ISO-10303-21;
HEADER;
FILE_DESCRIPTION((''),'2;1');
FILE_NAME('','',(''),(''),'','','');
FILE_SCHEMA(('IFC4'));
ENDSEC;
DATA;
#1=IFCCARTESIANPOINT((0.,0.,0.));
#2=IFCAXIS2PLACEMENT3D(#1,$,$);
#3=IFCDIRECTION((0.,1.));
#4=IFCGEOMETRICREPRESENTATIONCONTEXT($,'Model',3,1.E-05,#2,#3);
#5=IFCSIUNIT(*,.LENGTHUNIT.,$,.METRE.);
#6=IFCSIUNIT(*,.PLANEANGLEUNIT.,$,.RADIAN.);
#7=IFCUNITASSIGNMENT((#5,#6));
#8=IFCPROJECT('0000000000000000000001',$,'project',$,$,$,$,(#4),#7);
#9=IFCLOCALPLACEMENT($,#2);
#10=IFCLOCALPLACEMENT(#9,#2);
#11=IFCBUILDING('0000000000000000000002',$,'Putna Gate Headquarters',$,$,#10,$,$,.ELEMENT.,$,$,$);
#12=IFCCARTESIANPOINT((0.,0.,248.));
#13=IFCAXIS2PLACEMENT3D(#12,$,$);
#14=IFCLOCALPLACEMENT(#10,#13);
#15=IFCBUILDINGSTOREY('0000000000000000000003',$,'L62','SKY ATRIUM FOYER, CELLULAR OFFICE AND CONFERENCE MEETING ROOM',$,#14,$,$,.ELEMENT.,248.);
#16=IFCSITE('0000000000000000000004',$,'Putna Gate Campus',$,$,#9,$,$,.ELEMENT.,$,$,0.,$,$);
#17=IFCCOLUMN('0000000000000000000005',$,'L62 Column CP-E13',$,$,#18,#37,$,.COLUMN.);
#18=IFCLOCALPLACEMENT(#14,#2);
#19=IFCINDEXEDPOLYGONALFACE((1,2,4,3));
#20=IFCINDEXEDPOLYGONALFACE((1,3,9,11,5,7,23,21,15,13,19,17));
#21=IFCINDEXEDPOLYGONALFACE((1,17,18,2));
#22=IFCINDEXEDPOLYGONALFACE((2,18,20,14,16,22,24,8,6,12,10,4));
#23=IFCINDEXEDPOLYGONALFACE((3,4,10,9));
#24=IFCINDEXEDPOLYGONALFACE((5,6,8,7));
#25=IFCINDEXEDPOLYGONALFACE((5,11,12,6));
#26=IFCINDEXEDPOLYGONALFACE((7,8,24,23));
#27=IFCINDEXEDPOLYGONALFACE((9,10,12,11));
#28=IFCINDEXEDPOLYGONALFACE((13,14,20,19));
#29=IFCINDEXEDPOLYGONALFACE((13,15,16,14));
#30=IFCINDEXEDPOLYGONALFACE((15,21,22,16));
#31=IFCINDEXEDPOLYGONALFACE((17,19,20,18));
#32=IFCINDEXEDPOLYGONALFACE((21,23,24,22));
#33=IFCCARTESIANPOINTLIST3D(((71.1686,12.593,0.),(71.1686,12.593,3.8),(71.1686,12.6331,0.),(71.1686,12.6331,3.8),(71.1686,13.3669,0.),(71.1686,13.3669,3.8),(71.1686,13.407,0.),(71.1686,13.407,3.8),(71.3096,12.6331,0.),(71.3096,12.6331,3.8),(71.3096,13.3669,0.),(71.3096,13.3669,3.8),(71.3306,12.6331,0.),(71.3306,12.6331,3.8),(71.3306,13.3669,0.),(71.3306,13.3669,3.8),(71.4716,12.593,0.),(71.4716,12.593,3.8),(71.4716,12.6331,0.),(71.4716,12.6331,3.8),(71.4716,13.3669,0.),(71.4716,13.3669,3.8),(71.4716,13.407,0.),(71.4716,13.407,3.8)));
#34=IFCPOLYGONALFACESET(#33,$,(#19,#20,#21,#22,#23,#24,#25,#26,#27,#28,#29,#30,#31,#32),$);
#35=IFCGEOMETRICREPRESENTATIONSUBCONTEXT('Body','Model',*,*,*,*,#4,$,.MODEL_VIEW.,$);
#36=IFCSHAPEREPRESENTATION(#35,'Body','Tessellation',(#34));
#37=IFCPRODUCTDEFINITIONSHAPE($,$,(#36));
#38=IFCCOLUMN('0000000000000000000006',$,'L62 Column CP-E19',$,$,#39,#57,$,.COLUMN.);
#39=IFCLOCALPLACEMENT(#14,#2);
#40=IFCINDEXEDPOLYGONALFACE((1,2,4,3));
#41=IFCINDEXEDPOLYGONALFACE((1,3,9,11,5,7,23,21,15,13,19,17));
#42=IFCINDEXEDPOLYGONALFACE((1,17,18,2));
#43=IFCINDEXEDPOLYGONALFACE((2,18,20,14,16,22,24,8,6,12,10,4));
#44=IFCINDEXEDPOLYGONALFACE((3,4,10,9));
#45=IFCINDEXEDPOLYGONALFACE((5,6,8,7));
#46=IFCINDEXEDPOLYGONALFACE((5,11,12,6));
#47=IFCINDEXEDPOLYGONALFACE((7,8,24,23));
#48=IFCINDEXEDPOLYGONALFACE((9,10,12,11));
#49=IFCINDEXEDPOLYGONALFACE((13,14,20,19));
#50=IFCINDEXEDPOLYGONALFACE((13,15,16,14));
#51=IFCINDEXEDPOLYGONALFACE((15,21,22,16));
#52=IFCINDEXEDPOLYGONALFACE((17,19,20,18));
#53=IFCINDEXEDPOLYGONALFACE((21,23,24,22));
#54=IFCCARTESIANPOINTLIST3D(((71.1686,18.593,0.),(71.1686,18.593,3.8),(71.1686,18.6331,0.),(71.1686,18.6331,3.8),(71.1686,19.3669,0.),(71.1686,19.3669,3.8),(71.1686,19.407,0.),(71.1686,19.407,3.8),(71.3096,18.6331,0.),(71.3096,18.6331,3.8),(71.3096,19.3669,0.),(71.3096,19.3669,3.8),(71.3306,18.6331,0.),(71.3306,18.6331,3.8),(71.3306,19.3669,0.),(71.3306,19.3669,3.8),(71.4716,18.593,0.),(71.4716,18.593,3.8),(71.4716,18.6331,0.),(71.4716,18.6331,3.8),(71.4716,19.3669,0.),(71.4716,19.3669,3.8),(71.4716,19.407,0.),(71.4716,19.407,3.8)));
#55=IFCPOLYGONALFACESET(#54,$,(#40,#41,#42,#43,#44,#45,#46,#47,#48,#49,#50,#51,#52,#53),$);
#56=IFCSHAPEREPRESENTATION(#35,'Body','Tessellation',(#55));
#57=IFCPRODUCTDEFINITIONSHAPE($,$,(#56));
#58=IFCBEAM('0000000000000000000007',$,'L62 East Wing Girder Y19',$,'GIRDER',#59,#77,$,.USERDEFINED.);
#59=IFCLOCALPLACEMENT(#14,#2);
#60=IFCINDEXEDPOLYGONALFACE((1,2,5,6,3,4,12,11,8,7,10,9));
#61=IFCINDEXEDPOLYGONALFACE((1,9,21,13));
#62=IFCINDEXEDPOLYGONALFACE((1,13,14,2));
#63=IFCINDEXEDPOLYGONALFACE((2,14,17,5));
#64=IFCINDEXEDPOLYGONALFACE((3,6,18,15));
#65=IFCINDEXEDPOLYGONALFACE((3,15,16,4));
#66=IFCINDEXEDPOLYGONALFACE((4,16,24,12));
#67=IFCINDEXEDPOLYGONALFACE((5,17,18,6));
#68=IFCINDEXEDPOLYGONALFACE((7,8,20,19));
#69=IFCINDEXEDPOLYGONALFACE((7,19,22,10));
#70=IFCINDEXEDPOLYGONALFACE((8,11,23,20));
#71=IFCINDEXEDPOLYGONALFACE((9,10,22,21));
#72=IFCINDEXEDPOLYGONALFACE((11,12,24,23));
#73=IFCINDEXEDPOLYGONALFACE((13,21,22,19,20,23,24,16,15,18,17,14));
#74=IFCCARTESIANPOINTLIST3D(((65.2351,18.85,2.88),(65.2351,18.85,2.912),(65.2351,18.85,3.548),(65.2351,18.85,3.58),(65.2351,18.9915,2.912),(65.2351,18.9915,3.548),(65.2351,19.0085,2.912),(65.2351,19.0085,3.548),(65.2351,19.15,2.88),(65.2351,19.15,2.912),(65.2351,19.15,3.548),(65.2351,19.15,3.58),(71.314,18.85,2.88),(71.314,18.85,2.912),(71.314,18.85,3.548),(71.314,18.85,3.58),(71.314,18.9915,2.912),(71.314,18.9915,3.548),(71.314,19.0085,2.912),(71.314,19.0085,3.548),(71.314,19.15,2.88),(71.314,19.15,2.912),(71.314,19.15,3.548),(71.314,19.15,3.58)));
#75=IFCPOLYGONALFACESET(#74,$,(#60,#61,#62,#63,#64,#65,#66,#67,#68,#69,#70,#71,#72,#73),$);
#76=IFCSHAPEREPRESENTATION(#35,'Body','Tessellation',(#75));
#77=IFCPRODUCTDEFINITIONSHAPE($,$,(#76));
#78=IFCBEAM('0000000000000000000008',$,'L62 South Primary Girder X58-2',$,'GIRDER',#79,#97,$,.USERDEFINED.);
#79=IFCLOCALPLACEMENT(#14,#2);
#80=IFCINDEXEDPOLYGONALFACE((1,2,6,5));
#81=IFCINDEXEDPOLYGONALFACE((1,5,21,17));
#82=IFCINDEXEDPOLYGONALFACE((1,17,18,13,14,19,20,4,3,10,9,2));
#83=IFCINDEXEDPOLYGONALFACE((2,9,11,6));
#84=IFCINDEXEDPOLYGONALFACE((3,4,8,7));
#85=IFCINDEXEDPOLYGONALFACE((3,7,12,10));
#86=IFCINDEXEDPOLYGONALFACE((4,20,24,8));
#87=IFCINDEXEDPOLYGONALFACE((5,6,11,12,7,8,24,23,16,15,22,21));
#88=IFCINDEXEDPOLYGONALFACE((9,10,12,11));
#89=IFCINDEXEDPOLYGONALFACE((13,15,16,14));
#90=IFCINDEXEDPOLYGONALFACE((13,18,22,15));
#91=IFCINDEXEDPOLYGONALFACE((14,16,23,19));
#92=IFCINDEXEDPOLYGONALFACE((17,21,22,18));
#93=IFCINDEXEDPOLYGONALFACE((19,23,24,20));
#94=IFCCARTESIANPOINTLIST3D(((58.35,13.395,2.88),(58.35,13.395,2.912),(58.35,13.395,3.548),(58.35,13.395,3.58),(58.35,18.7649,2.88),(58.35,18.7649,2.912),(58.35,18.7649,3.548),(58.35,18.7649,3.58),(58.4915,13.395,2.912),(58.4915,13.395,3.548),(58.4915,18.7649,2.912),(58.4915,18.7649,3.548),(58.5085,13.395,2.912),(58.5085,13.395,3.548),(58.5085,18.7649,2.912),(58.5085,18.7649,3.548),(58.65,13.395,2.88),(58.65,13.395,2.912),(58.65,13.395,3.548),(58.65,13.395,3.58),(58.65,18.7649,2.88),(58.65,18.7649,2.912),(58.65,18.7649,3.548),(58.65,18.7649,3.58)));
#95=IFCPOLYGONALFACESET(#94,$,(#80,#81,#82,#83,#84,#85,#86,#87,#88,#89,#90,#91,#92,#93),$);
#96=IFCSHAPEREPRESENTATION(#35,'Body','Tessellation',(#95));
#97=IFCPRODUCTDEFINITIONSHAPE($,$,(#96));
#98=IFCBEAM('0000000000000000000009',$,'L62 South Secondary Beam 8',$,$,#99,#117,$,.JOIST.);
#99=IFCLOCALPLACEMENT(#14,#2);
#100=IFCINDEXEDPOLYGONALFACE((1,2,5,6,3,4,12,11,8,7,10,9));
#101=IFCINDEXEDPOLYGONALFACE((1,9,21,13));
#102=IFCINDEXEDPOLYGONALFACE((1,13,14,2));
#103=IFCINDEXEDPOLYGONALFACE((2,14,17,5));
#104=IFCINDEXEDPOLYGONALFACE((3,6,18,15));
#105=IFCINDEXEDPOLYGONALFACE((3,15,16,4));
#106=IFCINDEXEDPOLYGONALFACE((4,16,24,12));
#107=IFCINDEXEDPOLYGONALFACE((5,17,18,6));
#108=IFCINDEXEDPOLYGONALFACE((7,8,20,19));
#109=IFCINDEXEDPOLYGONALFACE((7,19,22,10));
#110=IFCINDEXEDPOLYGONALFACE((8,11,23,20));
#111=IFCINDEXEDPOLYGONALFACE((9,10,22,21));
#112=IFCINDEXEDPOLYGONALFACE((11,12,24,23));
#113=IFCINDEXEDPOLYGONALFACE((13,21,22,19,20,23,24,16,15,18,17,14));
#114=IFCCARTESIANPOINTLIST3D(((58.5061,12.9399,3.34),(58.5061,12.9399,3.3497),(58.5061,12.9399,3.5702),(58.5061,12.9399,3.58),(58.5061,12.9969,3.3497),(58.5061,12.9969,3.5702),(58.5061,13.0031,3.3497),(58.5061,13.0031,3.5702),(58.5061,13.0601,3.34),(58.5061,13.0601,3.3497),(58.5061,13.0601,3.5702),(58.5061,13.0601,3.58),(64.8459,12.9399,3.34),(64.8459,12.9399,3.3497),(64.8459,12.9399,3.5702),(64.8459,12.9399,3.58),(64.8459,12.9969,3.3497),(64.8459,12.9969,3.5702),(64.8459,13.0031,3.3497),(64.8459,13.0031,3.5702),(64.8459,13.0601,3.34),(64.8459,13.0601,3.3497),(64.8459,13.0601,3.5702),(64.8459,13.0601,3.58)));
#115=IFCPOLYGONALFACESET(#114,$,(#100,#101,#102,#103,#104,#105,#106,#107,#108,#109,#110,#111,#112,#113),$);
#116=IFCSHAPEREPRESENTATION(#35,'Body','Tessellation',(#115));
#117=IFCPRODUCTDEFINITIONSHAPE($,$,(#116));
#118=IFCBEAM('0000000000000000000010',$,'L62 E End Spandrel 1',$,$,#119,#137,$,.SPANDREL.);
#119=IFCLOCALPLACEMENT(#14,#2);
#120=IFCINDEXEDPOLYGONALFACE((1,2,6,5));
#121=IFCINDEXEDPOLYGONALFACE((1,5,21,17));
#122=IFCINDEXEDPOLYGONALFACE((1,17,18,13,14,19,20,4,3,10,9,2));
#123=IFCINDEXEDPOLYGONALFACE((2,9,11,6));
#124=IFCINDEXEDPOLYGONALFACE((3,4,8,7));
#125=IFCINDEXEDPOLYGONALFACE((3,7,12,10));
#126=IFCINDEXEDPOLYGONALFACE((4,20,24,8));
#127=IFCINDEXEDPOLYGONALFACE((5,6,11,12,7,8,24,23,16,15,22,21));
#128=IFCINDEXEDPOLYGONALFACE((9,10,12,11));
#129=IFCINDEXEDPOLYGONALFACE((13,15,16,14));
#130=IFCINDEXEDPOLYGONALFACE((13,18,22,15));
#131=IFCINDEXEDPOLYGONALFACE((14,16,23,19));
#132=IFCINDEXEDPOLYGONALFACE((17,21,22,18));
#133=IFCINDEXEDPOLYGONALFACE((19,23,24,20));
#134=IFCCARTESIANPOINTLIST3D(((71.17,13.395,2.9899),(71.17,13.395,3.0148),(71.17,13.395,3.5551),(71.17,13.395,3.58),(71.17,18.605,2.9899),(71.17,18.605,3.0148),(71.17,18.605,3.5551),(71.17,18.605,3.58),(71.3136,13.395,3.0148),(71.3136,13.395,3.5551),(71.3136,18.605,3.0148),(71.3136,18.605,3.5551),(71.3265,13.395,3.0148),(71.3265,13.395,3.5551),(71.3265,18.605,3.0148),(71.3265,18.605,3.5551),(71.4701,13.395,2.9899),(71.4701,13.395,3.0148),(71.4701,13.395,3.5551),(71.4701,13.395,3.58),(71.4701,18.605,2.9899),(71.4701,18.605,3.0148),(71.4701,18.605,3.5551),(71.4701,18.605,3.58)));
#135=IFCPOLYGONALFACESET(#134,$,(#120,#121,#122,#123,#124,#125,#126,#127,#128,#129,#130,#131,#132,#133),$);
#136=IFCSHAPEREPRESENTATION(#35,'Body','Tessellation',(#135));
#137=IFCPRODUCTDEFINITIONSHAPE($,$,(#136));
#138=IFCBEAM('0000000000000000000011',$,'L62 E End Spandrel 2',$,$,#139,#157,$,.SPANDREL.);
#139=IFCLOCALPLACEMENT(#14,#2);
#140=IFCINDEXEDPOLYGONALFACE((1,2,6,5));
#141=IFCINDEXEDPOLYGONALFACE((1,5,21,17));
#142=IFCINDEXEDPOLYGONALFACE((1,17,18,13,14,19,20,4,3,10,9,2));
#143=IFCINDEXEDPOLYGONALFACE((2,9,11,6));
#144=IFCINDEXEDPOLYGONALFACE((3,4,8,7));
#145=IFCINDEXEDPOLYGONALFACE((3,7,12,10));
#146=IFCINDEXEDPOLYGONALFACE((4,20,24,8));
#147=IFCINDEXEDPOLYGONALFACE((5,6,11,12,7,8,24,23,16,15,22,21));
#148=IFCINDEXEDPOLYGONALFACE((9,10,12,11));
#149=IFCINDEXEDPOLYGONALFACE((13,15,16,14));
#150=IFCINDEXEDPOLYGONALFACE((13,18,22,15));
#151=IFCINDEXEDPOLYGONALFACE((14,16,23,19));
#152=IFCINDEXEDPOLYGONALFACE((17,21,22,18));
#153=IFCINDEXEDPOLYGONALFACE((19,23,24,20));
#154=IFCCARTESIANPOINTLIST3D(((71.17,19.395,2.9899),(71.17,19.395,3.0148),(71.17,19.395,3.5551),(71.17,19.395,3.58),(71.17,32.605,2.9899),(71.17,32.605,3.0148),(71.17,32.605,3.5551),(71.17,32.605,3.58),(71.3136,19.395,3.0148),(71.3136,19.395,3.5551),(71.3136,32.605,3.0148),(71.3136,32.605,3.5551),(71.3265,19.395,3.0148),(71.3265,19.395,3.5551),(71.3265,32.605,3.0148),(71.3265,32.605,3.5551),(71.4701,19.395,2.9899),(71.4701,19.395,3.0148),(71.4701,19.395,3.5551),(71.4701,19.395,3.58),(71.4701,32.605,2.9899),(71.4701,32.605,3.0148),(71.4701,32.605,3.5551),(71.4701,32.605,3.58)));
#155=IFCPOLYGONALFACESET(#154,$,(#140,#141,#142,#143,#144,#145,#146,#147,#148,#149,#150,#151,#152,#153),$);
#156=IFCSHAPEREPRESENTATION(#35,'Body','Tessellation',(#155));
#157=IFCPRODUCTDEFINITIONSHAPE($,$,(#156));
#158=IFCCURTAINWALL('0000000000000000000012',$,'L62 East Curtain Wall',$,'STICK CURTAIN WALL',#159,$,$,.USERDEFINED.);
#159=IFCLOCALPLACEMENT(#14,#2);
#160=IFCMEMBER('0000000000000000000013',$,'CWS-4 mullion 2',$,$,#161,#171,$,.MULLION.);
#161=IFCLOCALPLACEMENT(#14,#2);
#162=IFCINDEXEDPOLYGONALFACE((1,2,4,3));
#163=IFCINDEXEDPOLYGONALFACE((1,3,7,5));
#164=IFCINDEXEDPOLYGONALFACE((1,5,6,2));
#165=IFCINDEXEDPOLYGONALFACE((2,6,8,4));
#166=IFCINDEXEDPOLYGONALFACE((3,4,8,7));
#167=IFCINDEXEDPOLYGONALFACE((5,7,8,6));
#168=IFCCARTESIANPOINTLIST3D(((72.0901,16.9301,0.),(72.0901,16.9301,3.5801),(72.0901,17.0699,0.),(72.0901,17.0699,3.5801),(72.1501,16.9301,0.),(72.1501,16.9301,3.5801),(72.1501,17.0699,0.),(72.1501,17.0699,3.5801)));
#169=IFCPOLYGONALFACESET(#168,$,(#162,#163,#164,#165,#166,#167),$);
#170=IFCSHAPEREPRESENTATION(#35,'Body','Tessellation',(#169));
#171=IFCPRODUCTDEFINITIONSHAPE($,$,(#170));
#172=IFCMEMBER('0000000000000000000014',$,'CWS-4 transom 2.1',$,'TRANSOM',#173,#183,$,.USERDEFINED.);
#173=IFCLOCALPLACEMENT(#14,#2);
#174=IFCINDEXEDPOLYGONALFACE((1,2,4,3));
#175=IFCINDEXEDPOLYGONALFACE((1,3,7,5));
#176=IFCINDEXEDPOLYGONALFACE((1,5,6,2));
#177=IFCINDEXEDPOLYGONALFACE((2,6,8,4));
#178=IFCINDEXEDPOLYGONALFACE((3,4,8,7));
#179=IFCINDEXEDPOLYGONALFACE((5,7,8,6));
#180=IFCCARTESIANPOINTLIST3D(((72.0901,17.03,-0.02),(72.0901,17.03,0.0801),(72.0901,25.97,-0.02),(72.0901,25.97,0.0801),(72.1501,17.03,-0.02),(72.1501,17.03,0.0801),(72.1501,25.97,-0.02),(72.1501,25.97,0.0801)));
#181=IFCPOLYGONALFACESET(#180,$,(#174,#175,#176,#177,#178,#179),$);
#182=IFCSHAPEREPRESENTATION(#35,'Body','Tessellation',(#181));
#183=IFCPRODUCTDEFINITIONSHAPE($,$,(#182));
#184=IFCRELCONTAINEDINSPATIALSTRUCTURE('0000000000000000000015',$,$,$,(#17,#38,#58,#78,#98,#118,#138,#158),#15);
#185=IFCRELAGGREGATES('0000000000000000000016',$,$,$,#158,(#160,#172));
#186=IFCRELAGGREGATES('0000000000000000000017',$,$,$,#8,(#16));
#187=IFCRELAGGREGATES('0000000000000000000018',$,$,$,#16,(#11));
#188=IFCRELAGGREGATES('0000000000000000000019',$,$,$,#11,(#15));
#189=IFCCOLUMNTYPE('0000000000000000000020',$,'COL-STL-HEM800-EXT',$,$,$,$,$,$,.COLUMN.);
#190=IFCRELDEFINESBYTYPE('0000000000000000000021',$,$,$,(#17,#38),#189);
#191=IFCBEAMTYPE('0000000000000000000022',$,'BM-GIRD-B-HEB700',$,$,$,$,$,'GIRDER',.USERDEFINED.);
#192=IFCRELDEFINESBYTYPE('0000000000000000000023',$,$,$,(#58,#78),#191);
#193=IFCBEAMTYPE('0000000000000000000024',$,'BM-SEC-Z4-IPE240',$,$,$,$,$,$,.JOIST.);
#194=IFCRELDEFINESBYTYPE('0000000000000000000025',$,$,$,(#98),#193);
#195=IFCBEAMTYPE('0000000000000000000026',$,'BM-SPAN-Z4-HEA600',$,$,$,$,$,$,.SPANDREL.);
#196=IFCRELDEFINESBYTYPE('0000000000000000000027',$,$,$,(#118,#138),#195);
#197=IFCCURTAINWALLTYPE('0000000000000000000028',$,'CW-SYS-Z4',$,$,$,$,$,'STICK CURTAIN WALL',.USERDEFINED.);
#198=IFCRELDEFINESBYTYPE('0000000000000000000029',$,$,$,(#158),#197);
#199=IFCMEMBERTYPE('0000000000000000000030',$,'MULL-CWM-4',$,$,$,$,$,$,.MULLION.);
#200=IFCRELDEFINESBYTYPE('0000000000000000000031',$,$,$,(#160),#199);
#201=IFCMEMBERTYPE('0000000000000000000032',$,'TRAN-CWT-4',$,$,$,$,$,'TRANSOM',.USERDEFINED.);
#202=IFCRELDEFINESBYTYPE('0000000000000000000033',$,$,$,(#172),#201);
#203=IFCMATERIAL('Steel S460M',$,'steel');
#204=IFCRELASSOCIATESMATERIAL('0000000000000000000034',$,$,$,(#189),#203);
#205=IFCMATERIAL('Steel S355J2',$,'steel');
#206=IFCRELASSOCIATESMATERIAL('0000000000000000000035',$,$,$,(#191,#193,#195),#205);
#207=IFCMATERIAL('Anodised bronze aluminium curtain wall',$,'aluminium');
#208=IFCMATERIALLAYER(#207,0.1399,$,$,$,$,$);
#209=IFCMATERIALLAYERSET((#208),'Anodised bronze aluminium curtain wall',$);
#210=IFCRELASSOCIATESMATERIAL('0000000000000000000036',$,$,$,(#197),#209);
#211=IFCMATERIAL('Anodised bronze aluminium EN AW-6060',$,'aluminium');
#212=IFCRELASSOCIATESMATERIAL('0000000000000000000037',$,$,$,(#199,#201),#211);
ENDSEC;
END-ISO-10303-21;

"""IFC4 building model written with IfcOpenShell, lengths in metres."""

from ifc_helpers import new_model, si_unit, direction, frame, origin, origin_2d, place, context, subcontext, project, spatial, rectangle, i_section, extrude, material, layer, layer_set, material_profile, profile_set, type_object, element, aggregate, save


model = new_model("IFC4")

# Units and contexts
model_context = context("Model", 3, precision=1e-05, world=origin(), true_north=direction((0.0, 1.0)))
body_context = subcontext(model_context, "Body", "Model", "MODEL_VIEW")
ifc_project = project(units=[si_unit("LENGTHUNIT", "METRE"), si_unit("PLANEANGLEUNIT", "RADIAN")], contexts=[model_context])

# Site, building, storey
site_placement = place(None, origin())
site = spatial("IfcSite", under=ifc_project, at=site_placement, Name="Putna Gate Campus", CompositionType="ELEMENT", RefElevation=0.0)
building_placement = place(site_placement, origin())
building = spatial("IfcBuilding", under=site, at=building_placement, Name="Putna Gate Headquarters", CompositionType="ELEMENT")
storey_placement = place(building_placement, frame((0.0, 0.0, 248.0)))
storey = spatial("IfcBuildingStorey", under=building, at=storey_placement, Name="L62", Description="SKY ATRIUM FOYER, CELLULAR OFFICE AND CONFERENCE MEETING ROOM", CompositionType="ELEMENT", Elevation=248.0)

# Columns
ifc_material_1 = material(Name="Steel S460M", Category="steel")
ifc_material_profile_1 = material_profile(ifc_material_1, i_section(OverallWidth=0.303, OverallDepth=0.814, WebThickness=0.021, FlangeThickness=0.04, at=origin_2d()), Name="Steel S460M")
ifc_profile_set_1 = profile_set([ifc_material_profile_1], Name="Steel S460M")
column_type = type_object("IfcColumnType", Name="COL-STL-HEM800-EXT", PredefinedType="COLUMN", material=ifc_profile_set_1)
for number, where, z_axis, x_axis, name in (
    (1, (71.3201, 13.0, 0.0), (0.0, 0.0, 1.0), (1.0, 0.0, 0.0), "L62 Column CP-E13"),
    (2, (71.3201, 19.0, 0.0), (0.0, 0.0, 1.0), (1.0, 0.0, 0.0), "L62 Column CP-E19"),
):
    element("IfcColumn", number, at=place(storey_placement, frame(where, z_axis=z_axis, x_axis=x_axis)), inside=storey, type_object=column_type, Name=name, PredefinedType="COLUMN", context=body_context, shape_type="SweptSolid", body=[
        extrude(i_section(OverallWidth=0.303, OverallDepth=0.814, WebThickness=0.021, FlangeThickness=0.04, at=origin_2d()), origin(), (0.0, 0.0, 1.0), 3.8),
    ])

# Beams
ifc_material_2 = material(Name="Steel S355J2", Category="steel")
ifc_material_profile_2 = material_profile(ifc_material_2, i_section(OverallWidth=0.3, OverallDepth=0.7, WebThickness=0.0171, FlangeThickness=0.032, at=origin_2d()), Name="Steel S355J2")
ifc_profile_set_2 = profile_set([ifc_material_profile_2], Name="Steel S355J2")
beam_type_1 = type_object("IfcBeamType", Name="BM-GIRD-B-HEB700", ElementType="GIRDER", PredefinedType="USERDEFINED", material=ifc_profile_set_2)
beam_1_placement = place(storey_placement, frame((65.2351, 19.0, 3.23), z_axis=(1.0, 0.0, 0.0), x_axis=(0.0, 1.0, 0.0)))
element("IfcBeam", 3, at=beam_1_placement, inside=storey, type_object=beam_type_1, Name="L62 East Wing Girder Y19", ObjectType="GIRDER", PredefinedType="USERDEFINED", context=body_context, shape_type="SweptSolid", body=[
    extrude(i_section(OverallWidth=0.3, OverallDepth=0.7, WebThickness=0.0171, FlangeThickness=0.032, at=origin_2d()), origin(), (0.0, 0.0, 1.0), 6.0789),
])
beam_2_placement = place(storey_placement, frame((58.5, 13.395, 3.23), z_axis=(0.0, 1.0, 0.0), x_axis=(-1.0, 0.0, 0.0)))
element("IfcBeam", 4, at=beam_2_placement, inside=storey, type_object=beam_type_1, Name="L62 South Primary Girder X58-2", ObjectType="GIRDER", PredefinedType="USERDEFINED", context=body_context, shape_type="SweptSolid", body=[
    extrude(i_section(OverallWidth=0.3, OverallDepth=0.7, WebThickness=0.0171, FlangeThickness=0.032, at=origin_2d()), origin(), (0.0, 0.0, 1.0), 5.3699),
])
ifc_material_profile_3 = material_profile(ifc_material_2, i_section(OverallWidth=0.1201, OverallDepth=0.24, WebThickness=0.0061, FlangeThickness=0.0098, at=origin_2d()), Name="Steel S355J2")
ifc_profile_set_3 = profile_set([ifc_material_profile_3], Name="Steel S355J2")
beam_type_2 = type_object("IfcBeamType", Name="BM-SEC-Z4-IPE240", PredefinedType="JOIST", material=ifc_profile_set_3)
beam_3_placement = place(storey_placement, frame((58.5061, 13.0, 3.46), z_axis=(1.0, 0.0, 0.0), x_axis=(0.0, 1.0, 0.0)))
element("IfcBeam", 5, at=beam_3_placement, inside=storey, type_object=beam_type_2, Name="L62 South Secondary Beam 8", PredefinedType="JOIST", context=body_context, shape_type="SweptSolid", body=[
    extrude(i_section(OverallWidth=0.1201, OverallDepth=0.24, WebThickness=0.0061, FlangeThickness=0.0098, at=origin_2d()), origin(), (0.0, 0.0, 1.0), 6.3398),
])
ifc_material_profile_4 = material_profile(ifc_material_2, i_section(OverallWidth=0.3, OverallDepth=0.5901, WebThickness=0.0129, FlangeThickness=0.0249, at=origin_2d()), Name="Steel S355J2")
ifc_profile_set_4 = profile_set([ifc_material_profile_4], Name="Steel S355J2")
beam_type_3 = type_object("IfcBeamType", Name="BM-SPAN-Z4-HEA600", PredefinedType="SPANDREL", material=ifc_profile_set_4)
beam_4_placement = place(storey_placement, frame((71.3201, 13.395, 3.2849), z_axis=(0.0, 1.0, 0.0), x_axis=(-1.0, 0.0, 0.0)))
element("IfcBeam", 6, at=beam_4_placement, inside=storey, type_object=beam_type_3, Name="L62 E End Spandrel 1", PredefinedType="SPANDREL", context=body_context, shape_type="SweptSolid", body=[
    extrude(i_section(OverallWidth=0.3, OverallDepth=0.5901, WebThickness=0.0129, FlangeThickness=0.0249, at=origin_2d()), origin(), (0.0, 0.0, 1.0), 5.21),
])
beam_5_placement = place(storey_placement, frame((71.3201, 19.395, 3.2849), z_axis=(0.0, 1.0, 0.0), x_axis=(-1.0, 0.0, 0.0)))
element("IfcBeam", 7, at=beam_5_placement, inside=storey, type_object=beam_type_3, Name="L62 E End Spandrel 2", PredefinedType="SPANDREL", context=body_context, shape_type="SweptSolid", body=[
    extrude(i_section(OverallWidth=0.3, OverallDepth=0.5901, WebThickness=0.0129, FlangeThickness=0.0249, at=origin_2d()), origin(), (0.0, 0.0, 1.0), 13.21),
])

# Curtain wall, members
ifc_material_3 = material(Name="Anodised bronze aluminium curtain wall", Category="aluminium")
ifc_layer_1 = layer(ifc_material_3, 0.1399)
ifc_layer_set_1 = layer_set([ifc_layer_1], Name="Anodised bronze aluminium curtain wall")
curtain_wall_type = type_object("IfcCurtainWallType", Name="CW-SYS-Z4", ElementType="STICK CURTAIN WALL", PredefinedType="USERDEFINED", material=ifc_layer_set_1)
curtain_wall_placement = place(storey_placement, origin())
curtain_wall = element("IfcCurtainWall", 8, at=curtain_wall_placement, inside=storey, type_object=curtain_wall_type, Name="L62 East Curtain Wall", ObjectType="STICK CURTAIN WALL", PredefinedType="USERDEFINED")
ifc_material_4 = material(Name="Anodised bronze aluminium EN AW-6060", Category="aluminium")
ifc_material_profile_5 = material_profile(ifc_material_4, rectangle(XDim=0.0601, YDim=0.1399, at=origin_2d()), Name="Anodised bronze aluminium EN AW-6060")
ifc_profile_set_5 = profile_set([ifc_material_profile_5], Name="Anodised bronze aluminium EN AW-6060")
member_type_1 = type_object("IfcMemberType", Name="MULL-CWM-4", PredefinedType="MULLION", material=ifc_profile_set_5)
member_1_placement = place(storey_placement, frame((72.1201, 17.0, 0.0), z_axis=(0.0, 0.0, 1.0), x_axis=(-1.0, 0.0, 0.0)))
member_1 = element("IfcMember", 9, at=member_1_placement, type_object=member_type_1, Name="CWS-4 mullion 2", PredefinedType="MULLION", context=body_context, shape_type="SweptSolid", body=[
    extrude(rectangle(XDim=0.0601, YDim=0.1399, at=origin_2d()), origin(), (0.0, 0.0, 1.0), 3.5801),
])
ifc_material_profile_6 = material_profile(ifc_material_4, rectangle(XDim=0.0601, YDim=0.1001, at=origin_2d()), Name="Anodised bronze aluminium EN AW-6060")
ifc_profile_set_6 = profile_set([ifc_material_profile_6], Name="Anodised bronze aluminium EN AW-6060")
member_type_2 = type_object("IfcMemberType", Name="TRAN-CWT-4", ElementType="TRANSOM", PredefinedType="USERDEFINED", material=ifc_profile_set_6)
member_2_placement = place(storey_placement, frame((72.1201, 17.03, 0.03), z_axis=(0.0, 1.0, 0.0), x_axis=(-1.0, 0.0, 0.0)))
member_2 = element("IfcMember", 10, at=member_2_placement, type_object=member_type_2, Name="CWS-4 transom 2.1", ObjectType="TRANSOM", PredefinedType="USERDEFINED", context=body_context, shape_type="SweptSolid", body=[
    extrude(rectangle(XDim=0.0601, YDim=0.1001, at=origin_2d()), origin(), (0.0, 0.0, 1.0), 8.9399),
])
aggregate(curtain_wall, [member_1, member_2])

save(model, "model.ifc")
